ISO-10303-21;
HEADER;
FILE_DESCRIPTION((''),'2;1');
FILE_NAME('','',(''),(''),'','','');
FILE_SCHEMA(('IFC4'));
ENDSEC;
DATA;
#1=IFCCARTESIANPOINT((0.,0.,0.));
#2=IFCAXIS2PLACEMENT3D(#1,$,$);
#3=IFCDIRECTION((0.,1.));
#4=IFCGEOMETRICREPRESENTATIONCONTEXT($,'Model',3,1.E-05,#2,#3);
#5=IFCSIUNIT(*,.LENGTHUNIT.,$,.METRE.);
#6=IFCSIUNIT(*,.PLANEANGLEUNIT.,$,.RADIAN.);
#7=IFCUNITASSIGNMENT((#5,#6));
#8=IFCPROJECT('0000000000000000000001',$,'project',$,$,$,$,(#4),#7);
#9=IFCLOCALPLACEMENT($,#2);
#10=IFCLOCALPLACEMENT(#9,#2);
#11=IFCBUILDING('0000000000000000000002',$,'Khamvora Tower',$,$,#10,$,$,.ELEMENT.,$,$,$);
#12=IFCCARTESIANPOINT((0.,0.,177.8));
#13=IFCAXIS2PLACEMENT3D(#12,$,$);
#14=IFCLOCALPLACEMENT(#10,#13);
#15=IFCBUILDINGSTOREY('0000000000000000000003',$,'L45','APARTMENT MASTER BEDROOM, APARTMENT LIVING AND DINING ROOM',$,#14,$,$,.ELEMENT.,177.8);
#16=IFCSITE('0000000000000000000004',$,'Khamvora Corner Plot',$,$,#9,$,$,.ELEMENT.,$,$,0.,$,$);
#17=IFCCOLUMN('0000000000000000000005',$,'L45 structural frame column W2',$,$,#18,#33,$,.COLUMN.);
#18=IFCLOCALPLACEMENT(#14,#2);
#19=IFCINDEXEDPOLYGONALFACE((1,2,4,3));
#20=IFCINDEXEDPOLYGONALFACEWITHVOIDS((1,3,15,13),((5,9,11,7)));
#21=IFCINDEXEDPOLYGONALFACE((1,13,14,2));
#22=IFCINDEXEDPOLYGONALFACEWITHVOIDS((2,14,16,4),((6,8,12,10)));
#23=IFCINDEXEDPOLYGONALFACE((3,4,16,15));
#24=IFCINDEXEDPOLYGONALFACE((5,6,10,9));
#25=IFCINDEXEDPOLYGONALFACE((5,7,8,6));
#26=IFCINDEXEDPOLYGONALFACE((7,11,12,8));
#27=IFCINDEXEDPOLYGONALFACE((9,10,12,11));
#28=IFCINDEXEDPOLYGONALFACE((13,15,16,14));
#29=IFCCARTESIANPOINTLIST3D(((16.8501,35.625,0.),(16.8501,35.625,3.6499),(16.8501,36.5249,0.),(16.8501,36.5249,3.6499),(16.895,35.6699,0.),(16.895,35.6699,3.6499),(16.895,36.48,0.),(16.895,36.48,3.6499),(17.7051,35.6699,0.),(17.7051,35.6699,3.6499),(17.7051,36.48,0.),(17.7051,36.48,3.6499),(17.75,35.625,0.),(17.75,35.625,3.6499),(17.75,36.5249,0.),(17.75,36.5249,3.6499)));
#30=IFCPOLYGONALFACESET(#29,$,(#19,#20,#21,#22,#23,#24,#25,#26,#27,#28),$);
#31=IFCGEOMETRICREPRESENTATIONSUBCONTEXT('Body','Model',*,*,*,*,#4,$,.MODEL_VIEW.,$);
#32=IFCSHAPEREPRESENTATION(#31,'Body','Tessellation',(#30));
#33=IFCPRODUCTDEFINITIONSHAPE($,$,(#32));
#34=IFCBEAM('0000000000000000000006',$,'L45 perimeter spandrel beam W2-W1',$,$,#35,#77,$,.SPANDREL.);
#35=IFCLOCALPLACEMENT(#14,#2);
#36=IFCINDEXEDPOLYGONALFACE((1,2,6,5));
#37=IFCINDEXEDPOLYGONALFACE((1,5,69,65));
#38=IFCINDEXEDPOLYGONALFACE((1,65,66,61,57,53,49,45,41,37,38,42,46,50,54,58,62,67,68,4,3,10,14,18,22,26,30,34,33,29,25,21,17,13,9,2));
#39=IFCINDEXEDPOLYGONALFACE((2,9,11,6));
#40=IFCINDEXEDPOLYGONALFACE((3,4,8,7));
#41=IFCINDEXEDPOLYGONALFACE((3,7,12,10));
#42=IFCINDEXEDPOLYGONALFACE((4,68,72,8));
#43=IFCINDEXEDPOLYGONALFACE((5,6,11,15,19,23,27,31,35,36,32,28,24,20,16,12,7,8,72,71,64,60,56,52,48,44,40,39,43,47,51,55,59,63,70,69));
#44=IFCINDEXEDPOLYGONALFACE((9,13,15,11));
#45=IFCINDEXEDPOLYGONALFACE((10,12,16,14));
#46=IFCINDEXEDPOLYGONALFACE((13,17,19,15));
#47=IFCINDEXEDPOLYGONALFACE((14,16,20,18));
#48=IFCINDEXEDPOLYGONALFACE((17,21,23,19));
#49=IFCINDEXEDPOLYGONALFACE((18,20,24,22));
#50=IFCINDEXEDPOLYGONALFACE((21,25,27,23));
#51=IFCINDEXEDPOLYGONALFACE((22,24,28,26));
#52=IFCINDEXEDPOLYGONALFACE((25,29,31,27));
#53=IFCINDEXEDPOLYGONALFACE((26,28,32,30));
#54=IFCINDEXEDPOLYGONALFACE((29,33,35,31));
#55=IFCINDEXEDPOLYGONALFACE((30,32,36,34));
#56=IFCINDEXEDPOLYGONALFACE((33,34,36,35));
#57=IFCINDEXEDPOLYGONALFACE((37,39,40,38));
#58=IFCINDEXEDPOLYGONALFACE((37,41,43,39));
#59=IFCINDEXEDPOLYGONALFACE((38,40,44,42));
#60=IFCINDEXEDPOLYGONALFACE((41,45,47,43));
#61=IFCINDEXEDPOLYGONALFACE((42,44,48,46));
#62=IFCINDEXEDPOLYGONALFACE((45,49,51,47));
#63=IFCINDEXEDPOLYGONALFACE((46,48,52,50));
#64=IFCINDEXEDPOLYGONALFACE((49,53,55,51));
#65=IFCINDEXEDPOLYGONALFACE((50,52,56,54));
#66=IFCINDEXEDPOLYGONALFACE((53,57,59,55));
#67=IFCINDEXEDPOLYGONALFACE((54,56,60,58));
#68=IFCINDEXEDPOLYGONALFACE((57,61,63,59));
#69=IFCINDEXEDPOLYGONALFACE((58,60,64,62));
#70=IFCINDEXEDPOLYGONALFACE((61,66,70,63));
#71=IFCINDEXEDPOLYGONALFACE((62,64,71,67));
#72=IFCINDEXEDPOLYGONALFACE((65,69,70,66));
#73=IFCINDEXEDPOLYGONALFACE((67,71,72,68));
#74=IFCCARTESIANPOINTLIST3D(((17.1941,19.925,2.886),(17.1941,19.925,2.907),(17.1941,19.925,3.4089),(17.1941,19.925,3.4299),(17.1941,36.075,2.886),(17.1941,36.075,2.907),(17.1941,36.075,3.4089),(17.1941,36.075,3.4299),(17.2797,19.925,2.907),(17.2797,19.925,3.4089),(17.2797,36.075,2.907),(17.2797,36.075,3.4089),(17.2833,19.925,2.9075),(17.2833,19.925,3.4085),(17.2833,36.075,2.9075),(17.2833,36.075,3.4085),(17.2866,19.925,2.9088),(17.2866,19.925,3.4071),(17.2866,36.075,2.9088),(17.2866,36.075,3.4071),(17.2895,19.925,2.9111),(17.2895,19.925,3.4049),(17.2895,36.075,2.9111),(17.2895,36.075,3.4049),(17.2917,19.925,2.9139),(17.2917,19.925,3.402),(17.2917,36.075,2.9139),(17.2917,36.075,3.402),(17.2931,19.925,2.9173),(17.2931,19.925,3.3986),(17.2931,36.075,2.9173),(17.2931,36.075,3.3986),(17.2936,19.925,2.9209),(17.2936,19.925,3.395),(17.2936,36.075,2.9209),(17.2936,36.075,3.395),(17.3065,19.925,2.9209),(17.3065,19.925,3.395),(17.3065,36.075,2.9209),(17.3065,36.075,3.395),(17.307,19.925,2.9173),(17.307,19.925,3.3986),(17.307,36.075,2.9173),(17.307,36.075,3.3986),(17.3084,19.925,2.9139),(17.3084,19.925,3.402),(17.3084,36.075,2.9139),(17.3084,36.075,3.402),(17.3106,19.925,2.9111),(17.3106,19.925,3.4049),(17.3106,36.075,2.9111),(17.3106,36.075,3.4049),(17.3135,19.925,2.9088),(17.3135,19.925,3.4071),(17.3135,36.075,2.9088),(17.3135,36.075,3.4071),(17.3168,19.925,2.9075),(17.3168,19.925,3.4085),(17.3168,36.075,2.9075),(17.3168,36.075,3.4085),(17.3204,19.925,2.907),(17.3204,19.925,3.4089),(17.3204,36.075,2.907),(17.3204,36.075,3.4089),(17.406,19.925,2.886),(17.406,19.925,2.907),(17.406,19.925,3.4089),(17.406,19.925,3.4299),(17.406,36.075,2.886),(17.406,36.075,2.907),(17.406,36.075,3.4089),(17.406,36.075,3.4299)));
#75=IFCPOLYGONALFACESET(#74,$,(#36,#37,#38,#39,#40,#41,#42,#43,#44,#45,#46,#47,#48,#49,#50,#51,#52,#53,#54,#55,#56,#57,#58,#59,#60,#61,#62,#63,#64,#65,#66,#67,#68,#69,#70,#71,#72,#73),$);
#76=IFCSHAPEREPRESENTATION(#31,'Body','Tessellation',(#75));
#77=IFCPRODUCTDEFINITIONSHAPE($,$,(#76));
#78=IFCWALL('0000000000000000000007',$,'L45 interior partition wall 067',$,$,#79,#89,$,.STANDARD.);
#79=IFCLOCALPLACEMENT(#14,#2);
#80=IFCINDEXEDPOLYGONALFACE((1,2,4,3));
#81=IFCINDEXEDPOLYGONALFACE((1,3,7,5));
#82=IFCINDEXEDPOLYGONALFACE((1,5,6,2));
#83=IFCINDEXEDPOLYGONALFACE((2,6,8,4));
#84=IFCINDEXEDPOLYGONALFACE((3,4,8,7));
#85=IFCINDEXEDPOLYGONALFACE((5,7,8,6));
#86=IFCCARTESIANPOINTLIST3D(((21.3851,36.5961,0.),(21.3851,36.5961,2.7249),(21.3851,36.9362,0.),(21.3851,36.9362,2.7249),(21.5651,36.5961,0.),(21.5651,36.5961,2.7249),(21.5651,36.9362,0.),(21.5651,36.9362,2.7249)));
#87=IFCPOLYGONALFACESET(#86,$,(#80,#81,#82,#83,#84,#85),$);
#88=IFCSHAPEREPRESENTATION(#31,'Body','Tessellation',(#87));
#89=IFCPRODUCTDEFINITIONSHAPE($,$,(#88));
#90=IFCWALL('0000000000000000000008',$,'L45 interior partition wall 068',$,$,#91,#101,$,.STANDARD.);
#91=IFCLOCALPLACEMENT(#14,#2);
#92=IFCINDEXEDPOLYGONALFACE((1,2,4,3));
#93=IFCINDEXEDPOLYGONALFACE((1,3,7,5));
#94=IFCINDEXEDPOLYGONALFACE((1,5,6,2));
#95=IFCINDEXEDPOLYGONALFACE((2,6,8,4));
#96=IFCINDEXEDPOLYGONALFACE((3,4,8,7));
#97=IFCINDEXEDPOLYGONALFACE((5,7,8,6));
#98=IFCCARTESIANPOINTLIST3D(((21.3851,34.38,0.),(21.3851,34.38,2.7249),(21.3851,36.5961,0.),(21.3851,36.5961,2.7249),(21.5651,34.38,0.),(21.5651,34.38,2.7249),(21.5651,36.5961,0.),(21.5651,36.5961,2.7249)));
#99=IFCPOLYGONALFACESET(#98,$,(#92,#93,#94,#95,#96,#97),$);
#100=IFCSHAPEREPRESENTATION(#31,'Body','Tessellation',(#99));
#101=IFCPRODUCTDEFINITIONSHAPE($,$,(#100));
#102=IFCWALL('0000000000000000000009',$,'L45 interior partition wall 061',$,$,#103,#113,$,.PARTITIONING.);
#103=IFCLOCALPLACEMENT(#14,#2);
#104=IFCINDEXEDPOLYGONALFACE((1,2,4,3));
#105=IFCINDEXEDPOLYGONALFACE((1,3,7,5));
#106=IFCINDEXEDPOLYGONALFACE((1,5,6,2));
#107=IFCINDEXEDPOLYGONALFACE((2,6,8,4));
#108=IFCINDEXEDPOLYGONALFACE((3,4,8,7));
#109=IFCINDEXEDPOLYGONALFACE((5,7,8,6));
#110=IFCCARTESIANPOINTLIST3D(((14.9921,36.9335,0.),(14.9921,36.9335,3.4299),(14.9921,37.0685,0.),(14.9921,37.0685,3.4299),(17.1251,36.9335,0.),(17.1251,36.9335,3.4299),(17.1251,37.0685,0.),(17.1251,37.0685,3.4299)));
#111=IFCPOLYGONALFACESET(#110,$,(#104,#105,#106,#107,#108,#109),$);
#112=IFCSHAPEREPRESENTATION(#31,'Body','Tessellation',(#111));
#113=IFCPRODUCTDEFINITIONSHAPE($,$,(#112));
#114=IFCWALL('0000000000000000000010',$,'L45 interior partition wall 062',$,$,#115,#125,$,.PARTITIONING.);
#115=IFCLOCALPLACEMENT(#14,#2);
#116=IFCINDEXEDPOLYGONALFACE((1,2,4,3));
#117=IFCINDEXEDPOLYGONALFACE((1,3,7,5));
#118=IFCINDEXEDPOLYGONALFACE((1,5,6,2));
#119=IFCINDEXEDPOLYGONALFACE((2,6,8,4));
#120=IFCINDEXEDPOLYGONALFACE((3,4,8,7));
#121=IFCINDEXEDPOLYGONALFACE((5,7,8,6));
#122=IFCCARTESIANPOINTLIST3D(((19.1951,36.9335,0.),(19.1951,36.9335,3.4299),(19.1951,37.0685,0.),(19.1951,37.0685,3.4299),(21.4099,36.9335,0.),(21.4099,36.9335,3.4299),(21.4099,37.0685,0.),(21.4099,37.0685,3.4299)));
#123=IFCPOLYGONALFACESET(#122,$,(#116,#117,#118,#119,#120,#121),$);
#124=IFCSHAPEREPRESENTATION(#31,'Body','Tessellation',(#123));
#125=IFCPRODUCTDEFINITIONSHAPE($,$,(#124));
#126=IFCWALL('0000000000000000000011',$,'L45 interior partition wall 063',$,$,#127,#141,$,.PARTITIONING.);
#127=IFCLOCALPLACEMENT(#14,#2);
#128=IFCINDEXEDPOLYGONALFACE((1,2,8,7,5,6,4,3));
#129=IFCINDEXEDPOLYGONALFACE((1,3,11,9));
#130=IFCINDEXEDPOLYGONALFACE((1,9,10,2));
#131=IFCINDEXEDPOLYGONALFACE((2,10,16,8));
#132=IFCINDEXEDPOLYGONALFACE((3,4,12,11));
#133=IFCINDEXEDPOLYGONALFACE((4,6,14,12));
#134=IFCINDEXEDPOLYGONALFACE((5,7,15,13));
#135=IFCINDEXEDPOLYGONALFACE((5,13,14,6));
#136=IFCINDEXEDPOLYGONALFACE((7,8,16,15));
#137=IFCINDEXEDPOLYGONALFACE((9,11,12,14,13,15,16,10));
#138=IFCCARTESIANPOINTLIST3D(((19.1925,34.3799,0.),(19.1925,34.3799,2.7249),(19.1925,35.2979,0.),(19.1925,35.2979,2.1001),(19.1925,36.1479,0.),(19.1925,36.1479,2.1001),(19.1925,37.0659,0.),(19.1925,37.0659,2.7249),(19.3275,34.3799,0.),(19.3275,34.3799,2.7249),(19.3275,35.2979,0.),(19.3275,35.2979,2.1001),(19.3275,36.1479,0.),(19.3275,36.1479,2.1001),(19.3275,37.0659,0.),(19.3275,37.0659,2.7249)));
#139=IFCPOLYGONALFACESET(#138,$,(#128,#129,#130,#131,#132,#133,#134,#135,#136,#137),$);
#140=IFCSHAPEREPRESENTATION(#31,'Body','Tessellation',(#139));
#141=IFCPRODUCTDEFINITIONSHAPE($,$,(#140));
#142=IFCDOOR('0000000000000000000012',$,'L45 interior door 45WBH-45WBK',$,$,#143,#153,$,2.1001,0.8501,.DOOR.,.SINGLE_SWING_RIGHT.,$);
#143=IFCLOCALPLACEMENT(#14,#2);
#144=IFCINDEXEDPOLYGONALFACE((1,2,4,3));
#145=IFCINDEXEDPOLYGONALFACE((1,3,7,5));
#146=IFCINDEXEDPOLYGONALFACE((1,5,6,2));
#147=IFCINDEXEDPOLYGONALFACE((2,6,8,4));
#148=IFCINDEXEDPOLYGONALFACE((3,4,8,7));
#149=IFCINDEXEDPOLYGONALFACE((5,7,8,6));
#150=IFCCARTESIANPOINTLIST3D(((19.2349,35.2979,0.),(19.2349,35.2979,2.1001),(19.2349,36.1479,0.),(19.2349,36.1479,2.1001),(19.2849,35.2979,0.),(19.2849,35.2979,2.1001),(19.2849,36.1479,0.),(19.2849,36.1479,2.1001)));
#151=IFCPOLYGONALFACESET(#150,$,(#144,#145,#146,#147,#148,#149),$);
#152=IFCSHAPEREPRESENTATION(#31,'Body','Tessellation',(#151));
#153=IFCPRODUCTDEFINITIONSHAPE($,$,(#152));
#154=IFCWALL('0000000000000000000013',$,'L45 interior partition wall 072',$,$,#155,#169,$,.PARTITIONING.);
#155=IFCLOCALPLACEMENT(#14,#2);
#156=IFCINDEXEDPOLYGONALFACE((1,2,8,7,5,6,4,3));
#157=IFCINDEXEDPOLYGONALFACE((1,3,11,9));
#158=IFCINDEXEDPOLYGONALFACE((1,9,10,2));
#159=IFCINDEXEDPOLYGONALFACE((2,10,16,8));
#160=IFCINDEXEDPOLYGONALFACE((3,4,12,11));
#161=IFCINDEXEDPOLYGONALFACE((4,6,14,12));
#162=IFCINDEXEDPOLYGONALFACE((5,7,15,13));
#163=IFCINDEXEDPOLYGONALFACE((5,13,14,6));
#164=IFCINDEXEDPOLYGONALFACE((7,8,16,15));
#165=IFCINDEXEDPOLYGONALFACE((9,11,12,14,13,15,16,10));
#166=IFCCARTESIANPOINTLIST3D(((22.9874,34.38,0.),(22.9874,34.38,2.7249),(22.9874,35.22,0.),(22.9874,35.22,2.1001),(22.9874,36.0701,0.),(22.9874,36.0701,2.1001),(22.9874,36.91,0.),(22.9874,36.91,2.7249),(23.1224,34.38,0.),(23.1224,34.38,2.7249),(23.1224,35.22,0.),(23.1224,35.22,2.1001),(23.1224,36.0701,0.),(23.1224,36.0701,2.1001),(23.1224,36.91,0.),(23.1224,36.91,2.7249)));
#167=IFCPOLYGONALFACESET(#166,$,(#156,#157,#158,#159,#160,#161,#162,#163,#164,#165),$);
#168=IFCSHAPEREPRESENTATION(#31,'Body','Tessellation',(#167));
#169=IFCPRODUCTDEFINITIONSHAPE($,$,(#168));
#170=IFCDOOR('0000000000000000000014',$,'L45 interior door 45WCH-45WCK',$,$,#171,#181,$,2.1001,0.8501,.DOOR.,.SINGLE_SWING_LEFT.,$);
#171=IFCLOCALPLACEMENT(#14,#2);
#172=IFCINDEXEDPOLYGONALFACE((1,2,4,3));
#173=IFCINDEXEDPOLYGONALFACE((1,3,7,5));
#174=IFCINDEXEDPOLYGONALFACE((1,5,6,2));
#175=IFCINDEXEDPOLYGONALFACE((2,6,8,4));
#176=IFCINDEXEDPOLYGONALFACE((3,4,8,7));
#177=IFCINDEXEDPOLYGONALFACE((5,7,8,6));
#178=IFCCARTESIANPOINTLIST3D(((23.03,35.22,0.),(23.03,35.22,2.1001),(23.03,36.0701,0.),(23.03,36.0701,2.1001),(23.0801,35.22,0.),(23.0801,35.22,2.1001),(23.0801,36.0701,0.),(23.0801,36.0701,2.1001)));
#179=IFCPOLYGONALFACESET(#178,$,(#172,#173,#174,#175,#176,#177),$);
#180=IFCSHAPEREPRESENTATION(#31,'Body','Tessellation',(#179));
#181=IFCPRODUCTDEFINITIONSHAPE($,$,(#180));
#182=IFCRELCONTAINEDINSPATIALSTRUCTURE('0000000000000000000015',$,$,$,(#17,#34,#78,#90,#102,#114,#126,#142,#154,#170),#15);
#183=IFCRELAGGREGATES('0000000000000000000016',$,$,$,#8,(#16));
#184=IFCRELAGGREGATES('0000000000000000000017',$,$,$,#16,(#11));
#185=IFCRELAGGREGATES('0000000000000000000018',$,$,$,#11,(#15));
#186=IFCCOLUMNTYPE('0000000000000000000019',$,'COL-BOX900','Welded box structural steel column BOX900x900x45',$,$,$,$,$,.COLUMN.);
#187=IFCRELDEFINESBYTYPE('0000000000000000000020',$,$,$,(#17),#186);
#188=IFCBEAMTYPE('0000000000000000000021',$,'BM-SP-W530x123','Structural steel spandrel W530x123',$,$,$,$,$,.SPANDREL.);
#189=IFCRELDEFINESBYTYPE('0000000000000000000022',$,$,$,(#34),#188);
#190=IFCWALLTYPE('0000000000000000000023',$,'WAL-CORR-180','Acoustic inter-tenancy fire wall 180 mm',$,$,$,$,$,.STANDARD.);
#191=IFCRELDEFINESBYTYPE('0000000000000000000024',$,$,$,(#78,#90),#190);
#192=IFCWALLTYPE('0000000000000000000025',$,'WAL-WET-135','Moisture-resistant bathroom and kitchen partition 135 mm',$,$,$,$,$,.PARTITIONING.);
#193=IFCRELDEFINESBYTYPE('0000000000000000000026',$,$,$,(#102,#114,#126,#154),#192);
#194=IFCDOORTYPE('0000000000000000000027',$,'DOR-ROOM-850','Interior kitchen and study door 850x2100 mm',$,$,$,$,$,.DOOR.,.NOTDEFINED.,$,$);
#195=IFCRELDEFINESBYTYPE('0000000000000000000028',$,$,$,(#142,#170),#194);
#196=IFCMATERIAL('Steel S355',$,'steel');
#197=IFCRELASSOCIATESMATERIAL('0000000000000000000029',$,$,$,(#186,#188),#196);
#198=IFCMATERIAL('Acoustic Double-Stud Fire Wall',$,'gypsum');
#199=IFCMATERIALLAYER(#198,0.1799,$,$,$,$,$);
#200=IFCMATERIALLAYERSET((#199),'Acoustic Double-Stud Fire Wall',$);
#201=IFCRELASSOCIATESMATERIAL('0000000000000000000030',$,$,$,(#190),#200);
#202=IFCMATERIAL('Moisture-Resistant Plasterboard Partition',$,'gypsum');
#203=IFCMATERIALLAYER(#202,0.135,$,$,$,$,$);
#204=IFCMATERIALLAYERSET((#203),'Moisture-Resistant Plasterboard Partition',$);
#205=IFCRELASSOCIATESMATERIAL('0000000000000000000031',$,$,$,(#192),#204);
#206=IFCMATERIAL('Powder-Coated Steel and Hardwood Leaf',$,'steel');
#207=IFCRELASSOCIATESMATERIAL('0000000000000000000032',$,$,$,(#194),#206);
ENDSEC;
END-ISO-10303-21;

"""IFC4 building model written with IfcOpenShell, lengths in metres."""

from ifc_helpers import new_model, si_unit, direction, frame, frame_2d, origin, origin_2d, place, context, subcontext, project, spatial, rectangle, hollow_rectangle, i_section, extrude, material, layer, layer_set, material_profile, profile_set, type_object, element, fill, save


model = new_model("IFC4")

# Units and contexts
model_context = context("Model", 3, precision=1e-05, world=origin(), true_north=direction((0.0, 1.0)))
body_context = subcontext(model_context, "Body", "Model", "MODEL_VIEW")
ifc_project = project(units=[si_unit("LENGTHUNIT", "METRE"), si_unit("PLANEANGLEUNIT", "RADIAN")], contexts=[model_context])

# Site, building, storey
site_placement = place(None, origin())
site = spatial("IfcSite", under=ifc_project, at=site_placement, Name="Khamvora Corner Plot", CompositionType="ELEMENT", RefElevation=0.0)
building_placement = place(site_placement, origin())
building = spatial("IfcBuilding", under=site, at=building_placement, Name="Khamvora Tower", CompositionType="ELEMENT")
storey_placement = place(building_placement, frame((0.0, 0.0, 177.8)))
storey = spatial("IfcBuildingStorey", under=building, at=storey_placement, Name="L45", Description="APARTMENT MASTER BEDROOM, APARTMENT LIVING AND DINING ROOM", CompositionType="ELEMENT", Elevation=177.8)

# Column
ifc_material_1 = material(Name="Steel S355", Category="steel")
ifc_material_profile_1 = material_profile(ifc_material_1, hollow_rectangle(XDim=0.8999, YDim=0.8999, WallThickness=0.0449, at=origin_2d()), Name="BOX900x900x45")
ifc_profile_set_1 = profile_set([ifc_material_profile_1], Name="Steel S355")
column_type = type_object("IfcColumnType", Name="COL-BOX900", Description="Welded box structural steel column BOX900x900x45", PredefinedType="COLUMN", material=ifc_profile_set_1)
column_placement = place(storey_placement, frame((17.3, 36.075, 0.0), z_axis=(0.0, 0.0, 1.0), x_axis=(1.0, 0.0, 0.0)))
element("IfcColumn", 1, at=column_placement, inside=storey, type_object=column_type, Name="L45 structural frame column W2", PredefinedType="COLUMN", context=body_context, shape_type="SweptSolid", body=[
    extrude(hollow_rectangle(XDim=0.8999, YDim=0.8999, WallThickness=0.0449, at=origin_2d()), origin(), (0.0, 0.0, 1.0), 3.6499),
])

# Beam
ifc_material_profile_2 = material_profile(ifc_material_1, i_section(OverallWidth=0.2119, OverallDepth=0.5439, WebThickness=0.0129, FlangeThickness=0.021, FilletRadius=0.0139, at=origin_2d()), Name="W530x123")
ifc_profile_set_2 = profile_set([ifc_material_profile_2], Name="Steel S355")
beam_type = type_object("IfcBeamType", Name="BM-SP-W530x123", Description="Structural steel spandrel W530x123", PredefinedType="SPANDREL", material=ifc_profile_set_2)
beam_placement = place(storey_placement, frame((17.3, 36.075, 3.158), z_axis=(0.0, -1.0, 0.0), x_axis=(1.0, 0.0, 0.0)))
element("IfcBeam", 2, at=beam_placement, inside=storey, type_object=beam_type, Name="L45 perimeter spandrel beam W2-W1", PredefinedType="SPANDREL", context=body_context, shape_type="SweptSolid", body=[
    extrude(i_section(OverallWidth=0.2119, OverallDepth=0.5439, WebThickness=0.0129, FlangeThickness=0.021, FilletRadius=0.0139, at=origin_2d()), origin(), (0.0, 0.0, 1.0), 16.1499),
])

# Walls
ifc_material_2 = material(Name="Acoustic Double-Stud Fire Wall", Category="gypsum")
ifc_layer_1 = layer(ifc_material_2, 0.1799)
ifc_layer_set_1 = layer_set([ifc_layer_1], Name="Acoustic Double-Stud Fire Wall")
wall_type_1 = type_object("IfcWallType", Name="WAL-CORR-180", Description="Acoustic inter-tenancy fire wall 180 mm", PredefinedType="STANDARD", material=ifc_layer_set_1)
wall_1_placement = place(storey_placement, frame((21.4751, 36.936, 0.0), z_axis=(0.0, 0.0, 1.0), x_axis=(0.0, -1.0, 0.0)))
element("IfcWall", 3, at=wall_1_placement, inside=storey, type_object=wall_type_1, Name="L45 interior partition wall 067", PredefinedType="STANDARD", context=body_context, shape_type="SweptSolid", body=[
    extrude(rectangle(XDim=0.3401, YDim=0.1799, at=frame_2d((0.1699, 0.0))), origin(), (0.0, 0.0, 1.0), 2.7249),
])
wall_2_placement = place(storey_placement, frame((21.4751, 36.5959, 0.0), z_axis=(0.0, 0.0, 1.0), x_axis=(0.0, -1.0, 0.0)))
element("IfcWall", 4, at=wall_2_placement, inside=storey, type_object=wall_type_1, Name="L45 interior partition wall 068", PredefinedType="STANDARD", context=body_context, shape_type="SweptSolid", body=[
    extrude(rectangle(XDim=2.2161, YDim=0.1799, at=frame_2d((1.1079, 0.0))), origin(), (0.0, 0.0, 1.0), 2.7249),
])
ifc_material_3 = material(Name="Moisture-Resistant Plasterboard Partition", Category="gypsum")
ifc_layer_2 = layer(ifc_material_3, 0.135)
ifc_layer_set_2 = layer_set([ifc_layer_2], Name="Moisture-Resistant Plasterboard Partition")
wall_type_2 = type_object("IfcWallType", Name="WAL-WET-135", Description="Moisture-resistant bathroom and kitchen partition 135 mm", PredefinedType="PARTITIONING", material=ifc_layer_set_2)
wall_3_placement = place(storey_placement, frame((17.125, 37.001, 0.0), z_axis=(0.0, 0.0, 1.0), x_axis=(-1.0, 0.0, 0.0)))
element("IfcWall", 5, at=wall_3_placement, inside=storey, type_object=wall_type_2, Name="L45 interior partition wall 061", PredefinedType="PARTITIONING", context=body_context, shape_type="SweptSolid", body=[
    extrude(rectangle(XDim=2.1331, YDim=0.135, at=frame_2d((1.0664, 0.0))), origin(), (0.0, 0.0, 1.0), 3.4299),
])
wall_4_placement = place(storey_placement, frame((21.4099, 37.001, 0.0), z_axis=(0.0, 0.0, 1.0), x_axis=(-1.0, 0.0, 0.0)))
element("IfcWall", 6, at=wall_4_placement, inside=storey, type_object=wall_type_2, Name="L45 interior partition wall 062", PredefinedType="PARTITIONING", context=body_context, shape_type="SweptSolid", body=[
    extrude(rectangle(XDim=2.2148, YDim=0.135, at=frame_2d((1.1074, 0.0))), origin(), (0.0, 0.0, 1.0), 3.4299),
])

# Walls, openings, doors
wall_5_placement = place(storey_placement, frame((19.26, 37.0659, 0.0), z_axis=(0.0, 0.0, 1.0), x_axis=(0.0, -1.0, 0.0)))
wall_5 = element("IfcWall", 7, at=wall_5_placement, inside=storey, type_object=wall_type_2, Name="L45 interior partition wall 063", PredefinedType="PARTITIONING", context=body_context, shape_type="SweptSolid", body=[
    extrude(rectangle(XDim=2.686, YDim=0.135, at=frame_2d((1.343, 0.0))), origin(), (0.0, 0.0, 1.0), 2.7249),
])
opening_1_placement = place(wall_5_placement, frame((0.918, 0.0, 0.0)))
opening_1 = element("IfcOpeningElement", 8, at=opening_1_placement, cuts=wall_5, PredefinedType="OPENING", context=body_context, shape_type="SweptSolid", body=[
    extrude(rectangle(XDim=0.8501, YDim=2.1001, at=frame_2d((0.425, 1.05))), frame((0.0, 0.0774, 0.0), z_axis=(0.0, -1.0, 0.0), x_axis=(1.0, 0.0, 0.0)), (0.0, 0.0, 1.0), 0.155),
])
ifc_material_4 = material(Name="Powder-Coated Steel and Hardwood Leaf", Category="steel")
door_type = type_object("IfcDoorType", Name="DOR-ROOM-850", Description="Interior kitchen and study door 850x2100 mm", OperationType="NOTDEFINED", PredefinedType="DOOR", material=ifc_material_4)
door_1_placement = place(opening_1_placement, origin())
door_1 = element("IfcDoor", 9, at=door_1_placement, inside=storey, type_object=door_type, Name="L45 interior door 45WBH-45WBK", OperationType="SINGLE_SWING_RIGHT", OverallHeight=2.1001, OverallWidth=0.8501, PredefinedType="DOOR", context=body_context, shape_type="SweptSolid", body=[
    extrude(rectangle(XDim=0.8501, YDim=2.1001, at=frame_2d((0.425, 1.05))), frame((0.0, 0.0249, 0.0), z_axis=(0.0, -1.0, 0.0), x_axis=(1.0, 0.0, 0.0)), (0.0, 0.0, 1.0), 0.05),
])
fill(opening_1, door_1)
wall_6_placement = place(storey_placement, frame((23.0549, 34.3799, 0.0), z_axis=(0.0, 0.0, 1.0), x_axis=(0.0, 1.0, 0.0)))
wall_6 = element("IfcWall", 10, at=wall_6_placement, inside=storey, type_object=wall_type_2, Name="L45 interior partition wall 072", PredefinedType="PARTITIONING", context=body_context, shape_type="SweptSolid", body=[
    extrude(rectangle(XDim=2.53, YDim=0.135, at=frame_2d((1.2651, 0.0))), origin(), (0.0, 0.0, 1.0), 2.7249),
])
opening_2_placement = place(wall_6_placement, frame((0.8401, 0.0, 0.0)))
opening_2 = element("IfcOpeningElement", 11, at=opening_2_placement, cuts=wall_6, PredefinedType="OPENING", context=body_context, shape_type="SweptSolid", body=[
    extrude(rectangle(XDim=0.8501, YDim=2.1001, at=frame_2d((0.425, 1.05))), frame((0.0, 0.0774, 0.0), z_axis=(0.0, -1.0, 0.0), x_axis=(1.0, 0.0, 0.0)), (0.0, 0.0, 1.0), 0.155),
])
door_2_placement = place(opening_2_placement, origin())
door_2 = element("IfcDoor", 12, at=door_2_placement, inside=storey, type_object=door_type, Name="L45 interior door 45WCH-45WCK", OperationType="SINGLE_SWING_LEFT", OverallHeight=2.1001, OverallWidth=0.8501, PredefinedType="DOOR", context=body_context, shape_type="SweptSolid", body=[
    extrude(rectangle(XDim=0.8501, YDim=2.1001, at=frame_2d((0.425, 1.05))), frame((0.0, 0.0249, 0.0), z_axis=(0.0, -1.0, 0.0), x_axis=(1.0, 0.0, 0.0)), (0.0, 0.0, 1.0), 0.05),
])
fill(opening_2, door_2)

save(model, "model.ifc")
